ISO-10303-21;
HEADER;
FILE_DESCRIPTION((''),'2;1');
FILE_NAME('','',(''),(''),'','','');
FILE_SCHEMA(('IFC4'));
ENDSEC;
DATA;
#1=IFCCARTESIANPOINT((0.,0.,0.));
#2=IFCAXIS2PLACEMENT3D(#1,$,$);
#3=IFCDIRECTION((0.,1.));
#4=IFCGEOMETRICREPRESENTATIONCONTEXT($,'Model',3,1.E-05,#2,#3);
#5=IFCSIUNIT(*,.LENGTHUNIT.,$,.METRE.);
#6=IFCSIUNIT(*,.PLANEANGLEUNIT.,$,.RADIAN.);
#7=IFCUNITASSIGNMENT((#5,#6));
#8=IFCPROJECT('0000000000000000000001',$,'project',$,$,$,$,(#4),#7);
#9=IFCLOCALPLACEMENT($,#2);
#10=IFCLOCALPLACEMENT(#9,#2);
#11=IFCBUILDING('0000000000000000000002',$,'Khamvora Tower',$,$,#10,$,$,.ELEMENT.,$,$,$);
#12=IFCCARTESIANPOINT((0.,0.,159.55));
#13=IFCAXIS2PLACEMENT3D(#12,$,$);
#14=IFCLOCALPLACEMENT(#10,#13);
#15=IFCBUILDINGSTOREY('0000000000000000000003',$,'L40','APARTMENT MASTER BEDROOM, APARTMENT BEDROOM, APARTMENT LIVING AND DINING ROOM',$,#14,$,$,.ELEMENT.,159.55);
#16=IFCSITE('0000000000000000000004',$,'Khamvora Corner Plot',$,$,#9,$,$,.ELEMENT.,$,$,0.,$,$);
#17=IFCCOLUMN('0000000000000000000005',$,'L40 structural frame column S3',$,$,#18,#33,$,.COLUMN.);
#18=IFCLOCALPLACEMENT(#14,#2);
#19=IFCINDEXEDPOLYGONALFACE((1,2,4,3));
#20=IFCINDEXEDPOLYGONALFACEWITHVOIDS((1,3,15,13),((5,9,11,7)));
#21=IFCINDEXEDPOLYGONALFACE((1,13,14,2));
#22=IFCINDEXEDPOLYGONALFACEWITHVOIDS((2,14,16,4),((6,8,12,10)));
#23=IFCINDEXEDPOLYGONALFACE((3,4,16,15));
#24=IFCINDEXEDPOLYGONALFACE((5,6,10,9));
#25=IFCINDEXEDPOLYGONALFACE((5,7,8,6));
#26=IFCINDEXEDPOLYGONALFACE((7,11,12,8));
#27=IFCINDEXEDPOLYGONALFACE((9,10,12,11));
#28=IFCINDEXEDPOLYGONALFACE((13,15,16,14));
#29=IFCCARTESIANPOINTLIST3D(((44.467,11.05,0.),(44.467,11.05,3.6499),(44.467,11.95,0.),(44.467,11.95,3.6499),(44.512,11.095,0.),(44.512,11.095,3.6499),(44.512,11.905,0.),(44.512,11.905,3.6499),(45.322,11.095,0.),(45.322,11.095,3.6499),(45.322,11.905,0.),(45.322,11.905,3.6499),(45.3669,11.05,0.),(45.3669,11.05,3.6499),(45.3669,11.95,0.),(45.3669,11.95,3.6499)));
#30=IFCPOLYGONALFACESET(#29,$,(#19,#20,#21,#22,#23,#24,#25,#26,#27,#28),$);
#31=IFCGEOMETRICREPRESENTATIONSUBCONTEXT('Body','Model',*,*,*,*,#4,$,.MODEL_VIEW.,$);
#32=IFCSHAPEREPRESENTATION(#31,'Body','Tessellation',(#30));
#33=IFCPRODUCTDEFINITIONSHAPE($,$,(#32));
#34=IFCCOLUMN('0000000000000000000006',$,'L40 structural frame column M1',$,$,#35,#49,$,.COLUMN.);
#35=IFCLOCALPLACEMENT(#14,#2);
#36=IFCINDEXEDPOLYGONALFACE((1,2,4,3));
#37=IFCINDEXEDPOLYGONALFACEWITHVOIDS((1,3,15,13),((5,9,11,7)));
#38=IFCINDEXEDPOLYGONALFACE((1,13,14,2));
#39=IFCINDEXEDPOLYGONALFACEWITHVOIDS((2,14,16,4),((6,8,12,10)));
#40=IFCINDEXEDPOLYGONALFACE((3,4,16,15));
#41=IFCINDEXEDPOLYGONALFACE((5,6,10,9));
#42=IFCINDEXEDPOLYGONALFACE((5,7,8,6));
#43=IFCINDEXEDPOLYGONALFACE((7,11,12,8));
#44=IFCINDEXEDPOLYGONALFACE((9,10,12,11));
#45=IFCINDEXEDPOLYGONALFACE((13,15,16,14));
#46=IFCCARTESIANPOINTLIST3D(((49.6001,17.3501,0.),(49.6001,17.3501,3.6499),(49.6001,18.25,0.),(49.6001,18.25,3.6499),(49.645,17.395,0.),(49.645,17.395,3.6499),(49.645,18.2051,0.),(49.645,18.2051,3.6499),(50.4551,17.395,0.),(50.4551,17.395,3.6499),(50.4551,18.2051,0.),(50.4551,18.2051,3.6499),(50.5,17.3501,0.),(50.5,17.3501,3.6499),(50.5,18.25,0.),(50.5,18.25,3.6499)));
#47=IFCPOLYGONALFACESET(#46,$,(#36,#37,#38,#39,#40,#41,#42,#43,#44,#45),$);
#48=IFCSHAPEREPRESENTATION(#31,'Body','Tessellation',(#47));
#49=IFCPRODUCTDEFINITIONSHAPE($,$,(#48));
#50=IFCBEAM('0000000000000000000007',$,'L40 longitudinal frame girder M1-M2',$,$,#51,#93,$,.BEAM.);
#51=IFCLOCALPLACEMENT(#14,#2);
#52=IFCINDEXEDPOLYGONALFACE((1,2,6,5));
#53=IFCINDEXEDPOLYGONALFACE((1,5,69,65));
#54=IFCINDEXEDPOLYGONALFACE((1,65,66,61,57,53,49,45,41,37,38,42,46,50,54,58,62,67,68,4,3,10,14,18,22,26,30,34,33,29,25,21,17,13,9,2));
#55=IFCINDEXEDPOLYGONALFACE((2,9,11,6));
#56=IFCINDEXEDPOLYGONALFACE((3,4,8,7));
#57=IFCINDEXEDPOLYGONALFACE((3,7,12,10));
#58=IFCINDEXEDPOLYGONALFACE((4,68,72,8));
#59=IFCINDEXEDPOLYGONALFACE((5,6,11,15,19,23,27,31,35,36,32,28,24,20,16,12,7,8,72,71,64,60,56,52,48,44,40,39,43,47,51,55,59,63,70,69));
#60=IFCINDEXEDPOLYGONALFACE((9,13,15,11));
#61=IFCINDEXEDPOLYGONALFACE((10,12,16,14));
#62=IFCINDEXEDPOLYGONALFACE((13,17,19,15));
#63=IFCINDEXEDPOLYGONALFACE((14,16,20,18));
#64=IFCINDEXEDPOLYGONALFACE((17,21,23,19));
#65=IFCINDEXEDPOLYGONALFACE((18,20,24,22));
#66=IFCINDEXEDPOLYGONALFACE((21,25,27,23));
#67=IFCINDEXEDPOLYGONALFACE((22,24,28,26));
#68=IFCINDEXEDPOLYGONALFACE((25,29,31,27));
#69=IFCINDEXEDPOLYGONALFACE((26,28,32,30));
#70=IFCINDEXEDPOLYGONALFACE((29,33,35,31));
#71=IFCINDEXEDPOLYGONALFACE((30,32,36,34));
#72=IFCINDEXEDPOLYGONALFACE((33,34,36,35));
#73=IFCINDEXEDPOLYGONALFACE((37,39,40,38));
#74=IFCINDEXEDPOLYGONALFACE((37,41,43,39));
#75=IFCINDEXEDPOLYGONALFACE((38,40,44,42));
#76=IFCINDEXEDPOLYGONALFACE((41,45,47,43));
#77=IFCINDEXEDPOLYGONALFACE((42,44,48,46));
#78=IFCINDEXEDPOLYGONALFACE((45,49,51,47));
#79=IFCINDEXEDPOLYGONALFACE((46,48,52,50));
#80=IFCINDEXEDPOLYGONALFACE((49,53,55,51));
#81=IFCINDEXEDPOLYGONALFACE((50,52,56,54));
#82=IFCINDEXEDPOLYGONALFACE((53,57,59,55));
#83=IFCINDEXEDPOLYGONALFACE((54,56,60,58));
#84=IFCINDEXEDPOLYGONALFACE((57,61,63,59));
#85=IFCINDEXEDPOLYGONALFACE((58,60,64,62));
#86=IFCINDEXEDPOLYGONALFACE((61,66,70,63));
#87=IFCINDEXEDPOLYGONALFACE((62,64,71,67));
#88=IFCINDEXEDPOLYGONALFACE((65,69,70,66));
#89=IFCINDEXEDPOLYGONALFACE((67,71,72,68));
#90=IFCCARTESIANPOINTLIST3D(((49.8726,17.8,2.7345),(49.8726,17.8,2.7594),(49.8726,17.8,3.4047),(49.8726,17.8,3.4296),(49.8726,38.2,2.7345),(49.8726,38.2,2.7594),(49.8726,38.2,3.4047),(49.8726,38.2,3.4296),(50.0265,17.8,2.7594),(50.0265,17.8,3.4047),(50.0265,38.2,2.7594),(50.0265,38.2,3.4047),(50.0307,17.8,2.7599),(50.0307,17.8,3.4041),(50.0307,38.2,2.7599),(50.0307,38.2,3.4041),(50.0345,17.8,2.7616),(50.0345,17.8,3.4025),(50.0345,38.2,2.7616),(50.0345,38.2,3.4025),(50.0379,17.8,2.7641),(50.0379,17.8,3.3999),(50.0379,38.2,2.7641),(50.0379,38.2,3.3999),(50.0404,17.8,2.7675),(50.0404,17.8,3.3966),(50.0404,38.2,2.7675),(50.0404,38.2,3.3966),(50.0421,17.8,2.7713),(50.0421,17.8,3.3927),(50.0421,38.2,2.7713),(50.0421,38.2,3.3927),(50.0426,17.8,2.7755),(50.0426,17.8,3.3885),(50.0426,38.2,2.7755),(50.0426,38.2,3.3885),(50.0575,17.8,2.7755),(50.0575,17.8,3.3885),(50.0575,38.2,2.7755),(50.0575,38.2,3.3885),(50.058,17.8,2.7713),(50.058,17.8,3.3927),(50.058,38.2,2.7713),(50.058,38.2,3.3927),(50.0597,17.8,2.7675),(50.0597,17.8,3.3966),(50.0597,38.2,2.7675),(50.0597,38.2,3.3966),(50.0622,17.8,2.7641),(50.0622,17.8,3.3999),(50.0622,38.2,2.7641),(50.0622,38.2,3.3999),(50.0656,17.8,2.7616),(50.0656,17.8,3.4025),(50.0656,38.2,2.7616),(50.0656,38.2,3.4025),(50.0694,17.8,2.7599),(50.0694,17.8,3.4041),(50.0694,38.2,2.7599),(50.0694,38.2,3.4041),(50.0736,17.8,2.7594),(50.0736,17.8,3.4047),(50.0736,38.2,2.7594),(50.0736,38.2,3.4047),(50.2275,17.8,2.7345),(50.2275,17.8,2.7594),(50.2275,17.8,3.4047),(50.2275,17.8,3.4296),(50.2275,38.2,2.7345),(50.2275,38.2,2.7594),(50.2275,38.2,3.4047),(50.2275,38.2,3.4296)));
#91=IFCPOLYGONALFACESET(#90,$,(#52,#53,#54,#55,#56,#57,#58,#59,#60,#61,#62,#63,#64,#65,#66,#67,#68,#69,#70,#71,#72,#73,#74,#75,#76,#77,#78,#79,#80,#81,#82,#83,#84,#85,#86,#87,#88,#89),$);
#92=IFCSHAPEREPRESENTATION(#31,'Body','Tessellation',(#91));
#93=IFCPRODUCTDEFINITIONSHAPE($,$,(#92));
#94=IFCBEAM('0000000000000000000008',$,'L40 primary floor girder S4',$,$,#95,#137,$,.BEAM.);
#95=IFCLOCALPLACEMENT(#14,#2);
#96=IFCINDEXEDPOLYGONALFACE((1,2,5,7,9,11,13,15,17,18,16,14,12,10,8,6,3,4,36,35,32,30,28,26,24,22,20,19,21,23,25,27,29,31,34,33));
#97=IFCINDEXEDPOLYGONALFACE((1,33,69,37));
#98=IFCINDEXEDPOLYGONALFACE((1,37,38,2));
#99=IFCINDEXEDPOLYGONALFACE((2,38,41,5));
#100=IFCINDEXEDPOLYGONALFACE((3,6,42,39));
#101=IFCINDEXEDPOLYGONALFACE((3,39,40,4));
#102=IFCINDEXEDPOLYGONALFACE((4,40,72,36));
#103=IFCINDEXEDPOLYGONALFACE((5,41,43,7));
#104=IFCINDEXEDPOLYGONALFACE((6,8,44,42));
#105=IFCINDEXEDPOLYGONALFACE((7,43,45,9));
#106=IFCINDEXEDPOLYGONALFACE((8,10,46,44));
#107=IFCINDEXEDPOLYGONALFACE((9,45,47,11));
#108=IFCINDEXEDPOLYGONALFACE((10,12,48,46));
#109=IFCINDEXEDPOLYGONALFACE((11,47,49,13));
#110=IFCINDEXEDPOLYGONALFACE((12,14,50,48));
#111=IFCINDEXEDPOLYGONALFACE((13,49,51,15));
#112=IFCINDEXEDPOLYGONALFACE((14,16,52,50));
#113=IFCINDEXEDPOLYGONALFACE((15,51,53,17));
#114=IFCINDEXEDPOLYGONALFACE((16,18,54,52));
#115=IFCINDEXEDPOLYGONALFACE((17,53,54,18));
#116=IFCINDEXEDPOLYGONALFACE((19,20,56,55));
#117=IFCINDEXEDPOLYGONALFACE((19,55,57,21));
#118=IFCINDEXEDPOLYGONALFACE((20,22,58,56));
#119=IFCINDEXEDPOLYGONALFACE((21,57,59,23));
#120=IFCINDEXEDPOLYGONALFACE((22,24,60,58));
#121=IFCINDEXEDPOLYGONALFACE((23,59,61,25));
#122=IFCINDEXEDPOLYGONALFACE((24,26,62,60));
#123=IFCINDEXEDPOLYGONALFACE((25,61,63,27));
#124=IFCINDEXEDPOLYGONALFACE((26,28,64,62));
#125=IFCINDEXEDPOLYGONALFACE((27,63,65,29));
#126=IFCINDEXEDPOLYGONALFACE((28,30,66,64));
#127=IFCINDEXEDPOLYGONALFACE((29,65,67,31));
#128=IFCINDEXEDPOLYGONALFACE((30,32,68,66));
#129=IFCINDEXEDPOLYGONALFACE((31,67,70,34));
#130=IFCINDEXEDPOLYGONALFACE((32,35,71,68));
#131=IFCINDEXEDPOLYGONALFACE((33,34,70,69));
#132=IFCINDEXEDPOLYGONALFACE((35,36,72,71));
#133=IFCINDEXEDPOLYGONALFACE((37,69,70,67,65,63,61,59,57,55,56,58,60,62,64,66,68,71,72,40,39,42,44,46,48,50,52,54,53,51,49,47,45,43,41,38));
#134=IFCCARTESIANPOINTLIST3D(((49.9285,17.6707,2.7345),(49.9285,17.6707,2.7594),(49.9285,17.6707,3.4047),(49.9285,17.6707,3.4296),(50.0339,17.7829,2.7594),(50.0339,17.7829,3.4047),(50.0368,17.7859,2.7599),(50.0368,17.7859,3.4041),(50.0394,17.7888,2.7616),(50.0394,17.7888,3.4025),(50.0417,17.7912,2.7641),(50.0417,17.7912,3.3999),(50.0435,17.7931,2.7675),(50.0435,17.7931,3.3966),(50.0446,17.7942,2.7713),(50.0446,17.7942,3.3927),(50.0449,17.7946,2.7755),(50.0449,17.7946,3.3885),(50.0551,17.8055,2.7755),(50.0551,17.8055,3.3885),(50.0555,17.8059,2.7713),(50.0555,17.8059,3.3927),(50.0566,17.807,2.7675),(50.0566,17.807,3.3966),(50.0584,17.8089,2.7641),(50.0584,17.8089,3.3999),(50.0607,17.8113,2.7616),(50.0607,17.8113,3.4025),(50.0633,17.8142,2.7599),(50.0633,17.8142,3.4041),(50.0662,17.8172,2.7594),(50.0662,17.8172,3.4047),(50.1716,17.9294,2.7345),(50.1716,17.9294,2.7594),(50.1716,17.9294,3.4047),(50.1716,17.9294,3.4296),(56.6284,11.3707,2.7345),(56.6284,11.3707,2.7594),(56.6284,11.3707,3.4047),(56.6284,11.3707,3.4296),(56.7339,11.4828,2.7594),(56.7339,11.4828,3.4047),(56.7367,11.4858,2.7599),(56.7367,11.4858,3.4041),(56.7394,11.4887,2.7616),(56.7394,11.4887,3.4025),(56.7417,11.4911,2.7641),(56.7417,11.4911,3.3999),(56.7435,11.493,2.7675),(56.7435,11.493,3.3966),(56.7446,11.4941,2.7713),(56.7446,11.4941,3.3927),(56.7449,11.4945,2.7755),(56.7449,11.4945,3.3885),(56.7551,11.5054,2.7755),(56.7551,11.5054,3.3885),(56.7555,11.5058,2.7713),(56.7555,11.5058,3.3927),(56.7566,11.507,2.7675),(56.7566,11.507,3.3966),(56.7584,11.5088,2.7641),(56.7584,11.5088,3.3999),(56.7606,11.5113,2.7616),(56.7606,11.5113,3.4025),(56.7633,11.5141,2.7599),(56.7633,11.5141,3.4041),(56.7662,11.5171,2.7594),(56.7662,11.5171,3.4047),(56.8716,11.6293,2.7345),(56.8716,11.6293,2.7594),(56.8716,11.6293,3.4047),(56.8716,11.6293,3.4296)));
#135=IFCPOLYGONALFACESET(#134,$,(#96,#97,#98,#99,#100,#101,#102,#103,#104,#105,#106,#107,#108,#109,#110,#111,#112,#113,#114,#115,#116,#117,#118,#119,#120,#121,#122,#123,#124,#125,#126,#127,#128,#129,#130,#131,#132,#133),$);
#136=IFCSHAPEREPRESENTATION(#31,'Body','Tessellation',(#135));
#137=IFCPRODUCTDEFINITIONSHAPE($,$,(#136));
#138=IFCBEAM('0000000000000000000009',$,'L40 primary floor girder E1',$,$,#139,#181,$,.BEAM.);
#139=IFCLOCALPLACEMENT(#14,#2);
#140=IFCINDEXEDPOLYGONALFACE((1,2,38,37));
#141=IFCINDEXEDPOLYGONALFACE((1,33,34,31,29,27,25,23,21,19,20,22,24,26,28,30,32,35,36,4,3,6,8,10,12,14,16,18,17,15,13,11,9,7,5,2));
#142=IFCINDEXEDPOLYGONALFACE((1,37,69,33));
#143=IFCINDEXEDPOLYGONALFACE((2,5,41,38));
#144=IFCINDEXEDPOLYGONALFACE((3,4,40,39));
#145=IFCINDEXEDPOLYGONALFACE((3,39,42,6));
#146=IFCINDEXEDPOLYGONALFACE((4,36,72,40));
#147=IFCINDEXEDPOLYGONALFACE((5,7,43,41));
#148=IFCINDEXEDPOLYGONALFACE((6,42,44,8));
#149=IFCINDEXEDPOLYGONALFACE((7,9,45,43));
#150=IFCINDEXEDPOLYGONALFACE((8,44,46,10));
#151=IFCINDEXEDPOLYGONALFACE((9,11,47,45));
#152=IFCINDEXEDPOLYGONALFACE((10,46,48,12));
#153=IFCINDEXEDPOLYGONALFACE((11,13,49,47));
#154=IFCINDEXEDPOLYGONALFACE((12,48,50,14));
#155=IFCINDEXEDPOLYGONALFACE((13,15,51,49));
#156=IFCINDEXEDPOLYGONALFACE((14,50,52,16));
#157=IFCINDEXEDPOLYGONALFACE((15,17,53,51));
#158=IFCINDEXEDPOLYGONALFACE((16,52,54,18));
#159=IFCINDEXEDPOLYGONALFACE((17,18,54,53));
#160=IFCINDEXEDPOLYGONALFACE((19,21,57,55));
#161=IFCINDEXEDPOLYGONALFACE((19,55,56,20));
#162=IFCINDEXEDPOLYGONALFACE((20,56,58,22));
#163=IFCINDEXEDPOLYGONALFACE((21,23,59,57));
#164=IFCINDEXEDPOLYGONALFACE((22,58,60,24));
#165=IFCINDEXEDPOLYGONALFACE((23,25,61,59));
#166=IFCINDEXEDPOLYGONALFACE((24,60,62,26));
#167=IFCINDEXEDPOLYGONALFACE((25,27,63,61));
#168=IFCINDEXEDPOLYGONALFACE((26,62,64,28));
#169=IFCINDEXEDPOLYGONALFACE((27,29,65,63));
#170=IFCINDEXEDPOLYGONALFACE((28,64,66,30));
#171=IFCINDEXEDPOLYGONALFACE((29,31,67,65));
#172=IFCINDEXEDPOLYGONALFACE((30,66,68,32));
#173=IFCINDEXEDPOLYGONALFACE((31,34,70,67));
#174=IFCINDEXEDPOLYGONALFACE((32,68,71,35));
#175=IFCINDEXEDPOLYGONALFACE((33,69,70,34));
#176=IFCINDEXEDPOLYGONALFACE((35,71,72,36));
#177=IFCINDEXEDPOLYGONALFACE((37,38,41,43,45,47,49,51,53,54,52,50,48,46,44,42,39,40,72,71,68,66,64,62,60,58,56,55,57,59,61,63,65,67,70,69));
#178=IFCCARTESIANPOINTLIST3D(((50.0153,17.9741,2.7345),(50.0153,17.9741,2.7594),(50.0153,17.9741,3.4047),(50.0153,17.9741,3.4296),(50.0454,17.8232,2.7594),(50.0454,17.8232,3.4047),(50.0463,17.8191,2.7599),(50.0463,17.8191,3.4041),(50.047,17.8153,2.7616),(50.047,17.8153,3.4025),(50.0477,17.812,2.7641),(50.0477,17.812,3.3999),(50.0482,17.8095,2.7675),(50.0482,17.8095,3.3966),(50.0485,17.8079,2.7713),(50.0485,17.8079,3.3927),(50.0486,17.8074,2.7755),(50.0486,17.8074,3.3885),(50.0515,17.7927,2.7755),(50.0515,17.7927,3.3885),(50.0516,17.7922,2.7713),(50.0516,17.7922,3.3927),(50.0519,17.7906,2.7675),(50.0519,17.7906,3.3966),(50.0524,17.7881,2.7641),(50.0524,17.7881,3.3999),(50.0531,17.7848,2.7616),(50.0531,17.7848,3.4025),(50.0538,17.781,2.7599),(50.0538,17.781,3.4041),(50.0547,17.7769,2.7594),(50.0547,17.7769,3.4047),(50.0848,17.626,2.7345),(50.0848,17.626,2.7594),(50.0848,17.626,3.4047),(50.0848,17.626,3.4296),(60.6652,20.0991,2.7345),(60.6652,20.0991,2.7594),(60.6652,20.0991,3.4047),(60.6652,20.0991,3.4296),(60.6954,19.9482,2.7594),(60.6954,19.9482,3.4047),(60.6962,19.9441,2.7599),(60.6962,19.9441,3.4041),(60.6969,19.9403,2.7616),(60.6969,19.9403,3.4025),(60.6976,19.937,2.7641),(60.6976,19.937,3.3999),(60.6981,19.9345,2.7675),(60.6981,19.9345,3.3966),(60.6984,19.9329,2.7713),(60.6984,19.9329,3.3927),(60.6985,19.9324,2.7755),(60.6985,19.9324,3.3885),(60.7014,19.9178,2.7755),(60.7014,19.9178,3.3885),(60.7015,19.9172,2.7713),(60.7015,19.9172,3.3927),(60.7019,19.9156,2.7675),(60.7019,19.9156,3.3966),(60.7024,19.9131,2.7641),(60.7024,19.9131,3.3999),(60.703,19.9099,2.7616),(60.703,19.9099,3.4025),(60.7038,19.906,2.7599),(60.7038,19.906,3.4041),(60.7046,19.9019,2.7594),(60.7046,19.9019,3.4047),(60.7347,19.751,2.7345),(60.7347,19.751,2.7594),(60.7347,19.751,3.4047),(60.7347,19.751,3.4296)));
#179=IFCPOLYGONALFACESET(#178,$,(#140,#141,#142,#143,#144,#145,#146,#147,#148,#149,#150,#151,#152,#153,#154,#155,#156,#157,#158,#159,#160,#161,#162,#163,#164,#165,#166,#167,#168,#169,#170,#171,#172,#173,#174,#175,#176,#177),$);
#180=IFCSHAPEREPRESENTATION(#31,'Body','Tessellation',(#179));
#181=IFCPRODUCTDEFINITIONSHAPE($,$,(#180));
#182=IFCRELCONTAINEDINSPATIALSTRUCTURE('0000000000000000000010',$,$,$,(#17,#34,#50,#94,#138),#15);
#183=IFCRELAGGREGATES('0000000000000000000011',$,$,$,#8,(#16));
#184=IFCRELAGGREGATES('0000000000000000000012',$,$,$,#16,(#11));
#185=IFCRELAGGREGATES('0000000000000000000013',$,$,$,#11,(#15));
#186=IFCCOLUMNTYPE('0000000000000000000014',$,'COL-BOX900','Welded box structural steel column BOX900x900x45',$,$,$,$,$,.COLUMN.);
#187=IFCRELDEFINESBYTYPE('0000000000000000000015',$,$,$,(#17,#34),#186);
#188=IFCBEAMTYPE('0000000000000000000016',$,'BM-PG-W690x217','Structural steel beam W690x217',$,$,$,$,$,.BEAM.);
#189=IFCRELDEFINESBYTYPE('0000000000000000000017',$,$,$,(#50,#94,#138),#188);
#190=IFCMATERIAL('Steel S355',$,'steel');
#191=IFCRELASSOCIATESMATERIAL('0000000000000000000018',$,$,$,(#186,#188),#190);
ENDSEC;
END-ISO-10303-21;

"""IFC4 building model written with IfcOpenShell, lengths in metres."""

from ifc_helpers import new_model, si_unit, direction, frame, origin, origin_2d, place, context, subcontext, project, spatial, hollow_rectangle, i_section, extrude, material, material_profile, profile_set, type_object, element, save


model = new_model("IFC4")

# Units and contexts
model_context = context("Model", 3, precision=1e-05, world=origin(), true_north=direction((0.0, 1.0)))
body_context = subcontext(model_context, "Body", "Model", "MODEL_VIEW")
ifc_project = project(units=[si_unit("LENGTHUNIT", "METRE"), si_unit("PLANEANGLEUNIT", "RADIAN")], contexts=[model_context])

# Site, building, storey
site_placement = place(None, origin())
site = spatial("IfcSite", under=ifc_project, at=site_placement, Name="Khamvora Corner Plot", CompositionType="ELEMENT", RefElevation=0.0)
building_placement = place(site_placement, origin())
building = spatial("IfcBuilding", under=site, at=building_placement, Name="Khamvora Tower", CompositionType="ELEMENT")
storey_placement = place(building_placement, frame((0.0, 0.0, 159.55)))
storey = spatial("IfcBuildingStorey", under=building, at=storey_placement, Name="L40", Description="APARTMENT MASTER BEDROOM, APARTMENT BEDROOM, APARTMENT LIVING AND DINING ROOM", CompositionType="ELEMENT", Elevation=159.55)

# Columns
ifc_material_1 = material(Name="Steel S355", Category="steel")
ifc_material_profile_1 = material_profile(ifc_material_1, hollow_rectangle(XDim=0.8999, YDim=0.8999, WallThickness=0.0449, at=origin_2d()), Name="BOX900x900x45")
ifc_profile_set_1 = profile_set([ifc_material_profile_1], Name="Steel S355")
column_type = type_object("IfcColumnType", Name="COL-BOX900", Description="Welded box structural steel column BOX900x900x45", PredefinedType="COLUMN", material=ifc_profile_set_1)
for number, where, z_axis, x_axis, name in (
    (1, (44.917, 11.5, 0.0), (0.0, 0.0, 1.0), (1.0, 0.0, 0.0), "L40 structural frame column S3"),
    (2, (50.05, 17.8, 0.0), (0.0, 0.0, 1.0), (1.0, 0.0, 0.0), "L40 structural frame column M1"),
):
    element("IfcColumn", number, at=place(storey_placement, frame(where, z_axis=z_axis, x_axis=x_axis)), inside=storey, type_object=column_type, Name=name, PredefinedType="COLUMN", context=body_context, shape_type="SweptSolid", body=[
        extrude(hollow_rectangle(XDim=0.8999, YDim=0.8999, WallThickness=0.0449, at=origin_2d()), origin(), (0.0, 0.0, 1.0), 3.6499),
    ])

# Beams
ifc_material_profile_2 = material_profile(ifc_material_1, i_section(OverallWidth=0.355, OverallDepth=0.6951, WebThickness=0.0149, FlangeThickness=0.0249, FilletRadius=0.0161, at=origin_2d()), Name="W690x217")
ifc_profile_set_2 = profile_set([ifc_material_profile_2], Name="Steel S355")
beam_type_1 = type_object("IfcBeamType", Name="BM-PG-W690x217", Description="Structural steel beam W690x217", PredefinedType="BEAM", material=ifc_profile_set_2)
beam_1_placement = place(storey_placement, frame((50.05, 17.8, 3.082), z_axis=(0.0, 1.0, 0.0), x_axis=(-1.0, 0.0, 0.0)))
element("IfcBeam", 3, at=beam_1_placement, inside=storey, type_object=beam_type_1, Name="L40 longitudinal frame girder M1-M2", PredefinedType="BEAM", context=body_context, shape_type="SweptSolid", body=[
    extrude(i_section(OverallWidth=0.355, OverallDepth=0.6951, WebThickness=0.0149, FlangeThickness=0.0249, FilletRadius=0.0161, at=origin_2d()), origin(), (0.0, 0.0, 1.0), 20.3999),
])
beam_2_placement = place(storey_placement, frame((50.05, 17.8, 3.082), z_axis=(0.728514, -0.685031, 0.0), x_axis=(0.685031, 0.728514, 0.0)))
element("IfcBeam", 4, at=beam_2_placement, inside=storey, type_object=beam_type_1, Name="L40 primary floor girder S4", PredefinedType="BEAM", context=body_context, shape_type="SweptSolid", body=[
    extrude(i_section(OverallWidth=0.355, OverallDepth=0.6951, WebThickness=0.0149, FlangeThickness=0.0249, FilletRadius=0.0161, at=origin_2d()), origin(), (0.0, 0.0, 1.0), 9.1968),
])
beam_3_placement = place(storey_placement, frame((50.05, 17.8, 3.082), z_axis=(0.980669, 0.195675, 0.0), x_axis=(-0.195675, 0.980669, 0.0)))
element("IfcBeam", 5, at=beam_3_placement, inside=storey, type_object=beam_type_1, Name="L40 primary floor girder E1", PredefinedType="BEAM", context=body_context, shape_type="SweptSolid", body=[
    extrude(i_section(OverallWidth=0.355, OverallDepth=0.6951, WebThickness=0.0149, FlangeThickness=0.0249, FilletRadius=0.0161, at=origin_2d()), origin(), (0.0, 0.0, 1.0), 10.8599),
])

save(model, "model.ifc")
